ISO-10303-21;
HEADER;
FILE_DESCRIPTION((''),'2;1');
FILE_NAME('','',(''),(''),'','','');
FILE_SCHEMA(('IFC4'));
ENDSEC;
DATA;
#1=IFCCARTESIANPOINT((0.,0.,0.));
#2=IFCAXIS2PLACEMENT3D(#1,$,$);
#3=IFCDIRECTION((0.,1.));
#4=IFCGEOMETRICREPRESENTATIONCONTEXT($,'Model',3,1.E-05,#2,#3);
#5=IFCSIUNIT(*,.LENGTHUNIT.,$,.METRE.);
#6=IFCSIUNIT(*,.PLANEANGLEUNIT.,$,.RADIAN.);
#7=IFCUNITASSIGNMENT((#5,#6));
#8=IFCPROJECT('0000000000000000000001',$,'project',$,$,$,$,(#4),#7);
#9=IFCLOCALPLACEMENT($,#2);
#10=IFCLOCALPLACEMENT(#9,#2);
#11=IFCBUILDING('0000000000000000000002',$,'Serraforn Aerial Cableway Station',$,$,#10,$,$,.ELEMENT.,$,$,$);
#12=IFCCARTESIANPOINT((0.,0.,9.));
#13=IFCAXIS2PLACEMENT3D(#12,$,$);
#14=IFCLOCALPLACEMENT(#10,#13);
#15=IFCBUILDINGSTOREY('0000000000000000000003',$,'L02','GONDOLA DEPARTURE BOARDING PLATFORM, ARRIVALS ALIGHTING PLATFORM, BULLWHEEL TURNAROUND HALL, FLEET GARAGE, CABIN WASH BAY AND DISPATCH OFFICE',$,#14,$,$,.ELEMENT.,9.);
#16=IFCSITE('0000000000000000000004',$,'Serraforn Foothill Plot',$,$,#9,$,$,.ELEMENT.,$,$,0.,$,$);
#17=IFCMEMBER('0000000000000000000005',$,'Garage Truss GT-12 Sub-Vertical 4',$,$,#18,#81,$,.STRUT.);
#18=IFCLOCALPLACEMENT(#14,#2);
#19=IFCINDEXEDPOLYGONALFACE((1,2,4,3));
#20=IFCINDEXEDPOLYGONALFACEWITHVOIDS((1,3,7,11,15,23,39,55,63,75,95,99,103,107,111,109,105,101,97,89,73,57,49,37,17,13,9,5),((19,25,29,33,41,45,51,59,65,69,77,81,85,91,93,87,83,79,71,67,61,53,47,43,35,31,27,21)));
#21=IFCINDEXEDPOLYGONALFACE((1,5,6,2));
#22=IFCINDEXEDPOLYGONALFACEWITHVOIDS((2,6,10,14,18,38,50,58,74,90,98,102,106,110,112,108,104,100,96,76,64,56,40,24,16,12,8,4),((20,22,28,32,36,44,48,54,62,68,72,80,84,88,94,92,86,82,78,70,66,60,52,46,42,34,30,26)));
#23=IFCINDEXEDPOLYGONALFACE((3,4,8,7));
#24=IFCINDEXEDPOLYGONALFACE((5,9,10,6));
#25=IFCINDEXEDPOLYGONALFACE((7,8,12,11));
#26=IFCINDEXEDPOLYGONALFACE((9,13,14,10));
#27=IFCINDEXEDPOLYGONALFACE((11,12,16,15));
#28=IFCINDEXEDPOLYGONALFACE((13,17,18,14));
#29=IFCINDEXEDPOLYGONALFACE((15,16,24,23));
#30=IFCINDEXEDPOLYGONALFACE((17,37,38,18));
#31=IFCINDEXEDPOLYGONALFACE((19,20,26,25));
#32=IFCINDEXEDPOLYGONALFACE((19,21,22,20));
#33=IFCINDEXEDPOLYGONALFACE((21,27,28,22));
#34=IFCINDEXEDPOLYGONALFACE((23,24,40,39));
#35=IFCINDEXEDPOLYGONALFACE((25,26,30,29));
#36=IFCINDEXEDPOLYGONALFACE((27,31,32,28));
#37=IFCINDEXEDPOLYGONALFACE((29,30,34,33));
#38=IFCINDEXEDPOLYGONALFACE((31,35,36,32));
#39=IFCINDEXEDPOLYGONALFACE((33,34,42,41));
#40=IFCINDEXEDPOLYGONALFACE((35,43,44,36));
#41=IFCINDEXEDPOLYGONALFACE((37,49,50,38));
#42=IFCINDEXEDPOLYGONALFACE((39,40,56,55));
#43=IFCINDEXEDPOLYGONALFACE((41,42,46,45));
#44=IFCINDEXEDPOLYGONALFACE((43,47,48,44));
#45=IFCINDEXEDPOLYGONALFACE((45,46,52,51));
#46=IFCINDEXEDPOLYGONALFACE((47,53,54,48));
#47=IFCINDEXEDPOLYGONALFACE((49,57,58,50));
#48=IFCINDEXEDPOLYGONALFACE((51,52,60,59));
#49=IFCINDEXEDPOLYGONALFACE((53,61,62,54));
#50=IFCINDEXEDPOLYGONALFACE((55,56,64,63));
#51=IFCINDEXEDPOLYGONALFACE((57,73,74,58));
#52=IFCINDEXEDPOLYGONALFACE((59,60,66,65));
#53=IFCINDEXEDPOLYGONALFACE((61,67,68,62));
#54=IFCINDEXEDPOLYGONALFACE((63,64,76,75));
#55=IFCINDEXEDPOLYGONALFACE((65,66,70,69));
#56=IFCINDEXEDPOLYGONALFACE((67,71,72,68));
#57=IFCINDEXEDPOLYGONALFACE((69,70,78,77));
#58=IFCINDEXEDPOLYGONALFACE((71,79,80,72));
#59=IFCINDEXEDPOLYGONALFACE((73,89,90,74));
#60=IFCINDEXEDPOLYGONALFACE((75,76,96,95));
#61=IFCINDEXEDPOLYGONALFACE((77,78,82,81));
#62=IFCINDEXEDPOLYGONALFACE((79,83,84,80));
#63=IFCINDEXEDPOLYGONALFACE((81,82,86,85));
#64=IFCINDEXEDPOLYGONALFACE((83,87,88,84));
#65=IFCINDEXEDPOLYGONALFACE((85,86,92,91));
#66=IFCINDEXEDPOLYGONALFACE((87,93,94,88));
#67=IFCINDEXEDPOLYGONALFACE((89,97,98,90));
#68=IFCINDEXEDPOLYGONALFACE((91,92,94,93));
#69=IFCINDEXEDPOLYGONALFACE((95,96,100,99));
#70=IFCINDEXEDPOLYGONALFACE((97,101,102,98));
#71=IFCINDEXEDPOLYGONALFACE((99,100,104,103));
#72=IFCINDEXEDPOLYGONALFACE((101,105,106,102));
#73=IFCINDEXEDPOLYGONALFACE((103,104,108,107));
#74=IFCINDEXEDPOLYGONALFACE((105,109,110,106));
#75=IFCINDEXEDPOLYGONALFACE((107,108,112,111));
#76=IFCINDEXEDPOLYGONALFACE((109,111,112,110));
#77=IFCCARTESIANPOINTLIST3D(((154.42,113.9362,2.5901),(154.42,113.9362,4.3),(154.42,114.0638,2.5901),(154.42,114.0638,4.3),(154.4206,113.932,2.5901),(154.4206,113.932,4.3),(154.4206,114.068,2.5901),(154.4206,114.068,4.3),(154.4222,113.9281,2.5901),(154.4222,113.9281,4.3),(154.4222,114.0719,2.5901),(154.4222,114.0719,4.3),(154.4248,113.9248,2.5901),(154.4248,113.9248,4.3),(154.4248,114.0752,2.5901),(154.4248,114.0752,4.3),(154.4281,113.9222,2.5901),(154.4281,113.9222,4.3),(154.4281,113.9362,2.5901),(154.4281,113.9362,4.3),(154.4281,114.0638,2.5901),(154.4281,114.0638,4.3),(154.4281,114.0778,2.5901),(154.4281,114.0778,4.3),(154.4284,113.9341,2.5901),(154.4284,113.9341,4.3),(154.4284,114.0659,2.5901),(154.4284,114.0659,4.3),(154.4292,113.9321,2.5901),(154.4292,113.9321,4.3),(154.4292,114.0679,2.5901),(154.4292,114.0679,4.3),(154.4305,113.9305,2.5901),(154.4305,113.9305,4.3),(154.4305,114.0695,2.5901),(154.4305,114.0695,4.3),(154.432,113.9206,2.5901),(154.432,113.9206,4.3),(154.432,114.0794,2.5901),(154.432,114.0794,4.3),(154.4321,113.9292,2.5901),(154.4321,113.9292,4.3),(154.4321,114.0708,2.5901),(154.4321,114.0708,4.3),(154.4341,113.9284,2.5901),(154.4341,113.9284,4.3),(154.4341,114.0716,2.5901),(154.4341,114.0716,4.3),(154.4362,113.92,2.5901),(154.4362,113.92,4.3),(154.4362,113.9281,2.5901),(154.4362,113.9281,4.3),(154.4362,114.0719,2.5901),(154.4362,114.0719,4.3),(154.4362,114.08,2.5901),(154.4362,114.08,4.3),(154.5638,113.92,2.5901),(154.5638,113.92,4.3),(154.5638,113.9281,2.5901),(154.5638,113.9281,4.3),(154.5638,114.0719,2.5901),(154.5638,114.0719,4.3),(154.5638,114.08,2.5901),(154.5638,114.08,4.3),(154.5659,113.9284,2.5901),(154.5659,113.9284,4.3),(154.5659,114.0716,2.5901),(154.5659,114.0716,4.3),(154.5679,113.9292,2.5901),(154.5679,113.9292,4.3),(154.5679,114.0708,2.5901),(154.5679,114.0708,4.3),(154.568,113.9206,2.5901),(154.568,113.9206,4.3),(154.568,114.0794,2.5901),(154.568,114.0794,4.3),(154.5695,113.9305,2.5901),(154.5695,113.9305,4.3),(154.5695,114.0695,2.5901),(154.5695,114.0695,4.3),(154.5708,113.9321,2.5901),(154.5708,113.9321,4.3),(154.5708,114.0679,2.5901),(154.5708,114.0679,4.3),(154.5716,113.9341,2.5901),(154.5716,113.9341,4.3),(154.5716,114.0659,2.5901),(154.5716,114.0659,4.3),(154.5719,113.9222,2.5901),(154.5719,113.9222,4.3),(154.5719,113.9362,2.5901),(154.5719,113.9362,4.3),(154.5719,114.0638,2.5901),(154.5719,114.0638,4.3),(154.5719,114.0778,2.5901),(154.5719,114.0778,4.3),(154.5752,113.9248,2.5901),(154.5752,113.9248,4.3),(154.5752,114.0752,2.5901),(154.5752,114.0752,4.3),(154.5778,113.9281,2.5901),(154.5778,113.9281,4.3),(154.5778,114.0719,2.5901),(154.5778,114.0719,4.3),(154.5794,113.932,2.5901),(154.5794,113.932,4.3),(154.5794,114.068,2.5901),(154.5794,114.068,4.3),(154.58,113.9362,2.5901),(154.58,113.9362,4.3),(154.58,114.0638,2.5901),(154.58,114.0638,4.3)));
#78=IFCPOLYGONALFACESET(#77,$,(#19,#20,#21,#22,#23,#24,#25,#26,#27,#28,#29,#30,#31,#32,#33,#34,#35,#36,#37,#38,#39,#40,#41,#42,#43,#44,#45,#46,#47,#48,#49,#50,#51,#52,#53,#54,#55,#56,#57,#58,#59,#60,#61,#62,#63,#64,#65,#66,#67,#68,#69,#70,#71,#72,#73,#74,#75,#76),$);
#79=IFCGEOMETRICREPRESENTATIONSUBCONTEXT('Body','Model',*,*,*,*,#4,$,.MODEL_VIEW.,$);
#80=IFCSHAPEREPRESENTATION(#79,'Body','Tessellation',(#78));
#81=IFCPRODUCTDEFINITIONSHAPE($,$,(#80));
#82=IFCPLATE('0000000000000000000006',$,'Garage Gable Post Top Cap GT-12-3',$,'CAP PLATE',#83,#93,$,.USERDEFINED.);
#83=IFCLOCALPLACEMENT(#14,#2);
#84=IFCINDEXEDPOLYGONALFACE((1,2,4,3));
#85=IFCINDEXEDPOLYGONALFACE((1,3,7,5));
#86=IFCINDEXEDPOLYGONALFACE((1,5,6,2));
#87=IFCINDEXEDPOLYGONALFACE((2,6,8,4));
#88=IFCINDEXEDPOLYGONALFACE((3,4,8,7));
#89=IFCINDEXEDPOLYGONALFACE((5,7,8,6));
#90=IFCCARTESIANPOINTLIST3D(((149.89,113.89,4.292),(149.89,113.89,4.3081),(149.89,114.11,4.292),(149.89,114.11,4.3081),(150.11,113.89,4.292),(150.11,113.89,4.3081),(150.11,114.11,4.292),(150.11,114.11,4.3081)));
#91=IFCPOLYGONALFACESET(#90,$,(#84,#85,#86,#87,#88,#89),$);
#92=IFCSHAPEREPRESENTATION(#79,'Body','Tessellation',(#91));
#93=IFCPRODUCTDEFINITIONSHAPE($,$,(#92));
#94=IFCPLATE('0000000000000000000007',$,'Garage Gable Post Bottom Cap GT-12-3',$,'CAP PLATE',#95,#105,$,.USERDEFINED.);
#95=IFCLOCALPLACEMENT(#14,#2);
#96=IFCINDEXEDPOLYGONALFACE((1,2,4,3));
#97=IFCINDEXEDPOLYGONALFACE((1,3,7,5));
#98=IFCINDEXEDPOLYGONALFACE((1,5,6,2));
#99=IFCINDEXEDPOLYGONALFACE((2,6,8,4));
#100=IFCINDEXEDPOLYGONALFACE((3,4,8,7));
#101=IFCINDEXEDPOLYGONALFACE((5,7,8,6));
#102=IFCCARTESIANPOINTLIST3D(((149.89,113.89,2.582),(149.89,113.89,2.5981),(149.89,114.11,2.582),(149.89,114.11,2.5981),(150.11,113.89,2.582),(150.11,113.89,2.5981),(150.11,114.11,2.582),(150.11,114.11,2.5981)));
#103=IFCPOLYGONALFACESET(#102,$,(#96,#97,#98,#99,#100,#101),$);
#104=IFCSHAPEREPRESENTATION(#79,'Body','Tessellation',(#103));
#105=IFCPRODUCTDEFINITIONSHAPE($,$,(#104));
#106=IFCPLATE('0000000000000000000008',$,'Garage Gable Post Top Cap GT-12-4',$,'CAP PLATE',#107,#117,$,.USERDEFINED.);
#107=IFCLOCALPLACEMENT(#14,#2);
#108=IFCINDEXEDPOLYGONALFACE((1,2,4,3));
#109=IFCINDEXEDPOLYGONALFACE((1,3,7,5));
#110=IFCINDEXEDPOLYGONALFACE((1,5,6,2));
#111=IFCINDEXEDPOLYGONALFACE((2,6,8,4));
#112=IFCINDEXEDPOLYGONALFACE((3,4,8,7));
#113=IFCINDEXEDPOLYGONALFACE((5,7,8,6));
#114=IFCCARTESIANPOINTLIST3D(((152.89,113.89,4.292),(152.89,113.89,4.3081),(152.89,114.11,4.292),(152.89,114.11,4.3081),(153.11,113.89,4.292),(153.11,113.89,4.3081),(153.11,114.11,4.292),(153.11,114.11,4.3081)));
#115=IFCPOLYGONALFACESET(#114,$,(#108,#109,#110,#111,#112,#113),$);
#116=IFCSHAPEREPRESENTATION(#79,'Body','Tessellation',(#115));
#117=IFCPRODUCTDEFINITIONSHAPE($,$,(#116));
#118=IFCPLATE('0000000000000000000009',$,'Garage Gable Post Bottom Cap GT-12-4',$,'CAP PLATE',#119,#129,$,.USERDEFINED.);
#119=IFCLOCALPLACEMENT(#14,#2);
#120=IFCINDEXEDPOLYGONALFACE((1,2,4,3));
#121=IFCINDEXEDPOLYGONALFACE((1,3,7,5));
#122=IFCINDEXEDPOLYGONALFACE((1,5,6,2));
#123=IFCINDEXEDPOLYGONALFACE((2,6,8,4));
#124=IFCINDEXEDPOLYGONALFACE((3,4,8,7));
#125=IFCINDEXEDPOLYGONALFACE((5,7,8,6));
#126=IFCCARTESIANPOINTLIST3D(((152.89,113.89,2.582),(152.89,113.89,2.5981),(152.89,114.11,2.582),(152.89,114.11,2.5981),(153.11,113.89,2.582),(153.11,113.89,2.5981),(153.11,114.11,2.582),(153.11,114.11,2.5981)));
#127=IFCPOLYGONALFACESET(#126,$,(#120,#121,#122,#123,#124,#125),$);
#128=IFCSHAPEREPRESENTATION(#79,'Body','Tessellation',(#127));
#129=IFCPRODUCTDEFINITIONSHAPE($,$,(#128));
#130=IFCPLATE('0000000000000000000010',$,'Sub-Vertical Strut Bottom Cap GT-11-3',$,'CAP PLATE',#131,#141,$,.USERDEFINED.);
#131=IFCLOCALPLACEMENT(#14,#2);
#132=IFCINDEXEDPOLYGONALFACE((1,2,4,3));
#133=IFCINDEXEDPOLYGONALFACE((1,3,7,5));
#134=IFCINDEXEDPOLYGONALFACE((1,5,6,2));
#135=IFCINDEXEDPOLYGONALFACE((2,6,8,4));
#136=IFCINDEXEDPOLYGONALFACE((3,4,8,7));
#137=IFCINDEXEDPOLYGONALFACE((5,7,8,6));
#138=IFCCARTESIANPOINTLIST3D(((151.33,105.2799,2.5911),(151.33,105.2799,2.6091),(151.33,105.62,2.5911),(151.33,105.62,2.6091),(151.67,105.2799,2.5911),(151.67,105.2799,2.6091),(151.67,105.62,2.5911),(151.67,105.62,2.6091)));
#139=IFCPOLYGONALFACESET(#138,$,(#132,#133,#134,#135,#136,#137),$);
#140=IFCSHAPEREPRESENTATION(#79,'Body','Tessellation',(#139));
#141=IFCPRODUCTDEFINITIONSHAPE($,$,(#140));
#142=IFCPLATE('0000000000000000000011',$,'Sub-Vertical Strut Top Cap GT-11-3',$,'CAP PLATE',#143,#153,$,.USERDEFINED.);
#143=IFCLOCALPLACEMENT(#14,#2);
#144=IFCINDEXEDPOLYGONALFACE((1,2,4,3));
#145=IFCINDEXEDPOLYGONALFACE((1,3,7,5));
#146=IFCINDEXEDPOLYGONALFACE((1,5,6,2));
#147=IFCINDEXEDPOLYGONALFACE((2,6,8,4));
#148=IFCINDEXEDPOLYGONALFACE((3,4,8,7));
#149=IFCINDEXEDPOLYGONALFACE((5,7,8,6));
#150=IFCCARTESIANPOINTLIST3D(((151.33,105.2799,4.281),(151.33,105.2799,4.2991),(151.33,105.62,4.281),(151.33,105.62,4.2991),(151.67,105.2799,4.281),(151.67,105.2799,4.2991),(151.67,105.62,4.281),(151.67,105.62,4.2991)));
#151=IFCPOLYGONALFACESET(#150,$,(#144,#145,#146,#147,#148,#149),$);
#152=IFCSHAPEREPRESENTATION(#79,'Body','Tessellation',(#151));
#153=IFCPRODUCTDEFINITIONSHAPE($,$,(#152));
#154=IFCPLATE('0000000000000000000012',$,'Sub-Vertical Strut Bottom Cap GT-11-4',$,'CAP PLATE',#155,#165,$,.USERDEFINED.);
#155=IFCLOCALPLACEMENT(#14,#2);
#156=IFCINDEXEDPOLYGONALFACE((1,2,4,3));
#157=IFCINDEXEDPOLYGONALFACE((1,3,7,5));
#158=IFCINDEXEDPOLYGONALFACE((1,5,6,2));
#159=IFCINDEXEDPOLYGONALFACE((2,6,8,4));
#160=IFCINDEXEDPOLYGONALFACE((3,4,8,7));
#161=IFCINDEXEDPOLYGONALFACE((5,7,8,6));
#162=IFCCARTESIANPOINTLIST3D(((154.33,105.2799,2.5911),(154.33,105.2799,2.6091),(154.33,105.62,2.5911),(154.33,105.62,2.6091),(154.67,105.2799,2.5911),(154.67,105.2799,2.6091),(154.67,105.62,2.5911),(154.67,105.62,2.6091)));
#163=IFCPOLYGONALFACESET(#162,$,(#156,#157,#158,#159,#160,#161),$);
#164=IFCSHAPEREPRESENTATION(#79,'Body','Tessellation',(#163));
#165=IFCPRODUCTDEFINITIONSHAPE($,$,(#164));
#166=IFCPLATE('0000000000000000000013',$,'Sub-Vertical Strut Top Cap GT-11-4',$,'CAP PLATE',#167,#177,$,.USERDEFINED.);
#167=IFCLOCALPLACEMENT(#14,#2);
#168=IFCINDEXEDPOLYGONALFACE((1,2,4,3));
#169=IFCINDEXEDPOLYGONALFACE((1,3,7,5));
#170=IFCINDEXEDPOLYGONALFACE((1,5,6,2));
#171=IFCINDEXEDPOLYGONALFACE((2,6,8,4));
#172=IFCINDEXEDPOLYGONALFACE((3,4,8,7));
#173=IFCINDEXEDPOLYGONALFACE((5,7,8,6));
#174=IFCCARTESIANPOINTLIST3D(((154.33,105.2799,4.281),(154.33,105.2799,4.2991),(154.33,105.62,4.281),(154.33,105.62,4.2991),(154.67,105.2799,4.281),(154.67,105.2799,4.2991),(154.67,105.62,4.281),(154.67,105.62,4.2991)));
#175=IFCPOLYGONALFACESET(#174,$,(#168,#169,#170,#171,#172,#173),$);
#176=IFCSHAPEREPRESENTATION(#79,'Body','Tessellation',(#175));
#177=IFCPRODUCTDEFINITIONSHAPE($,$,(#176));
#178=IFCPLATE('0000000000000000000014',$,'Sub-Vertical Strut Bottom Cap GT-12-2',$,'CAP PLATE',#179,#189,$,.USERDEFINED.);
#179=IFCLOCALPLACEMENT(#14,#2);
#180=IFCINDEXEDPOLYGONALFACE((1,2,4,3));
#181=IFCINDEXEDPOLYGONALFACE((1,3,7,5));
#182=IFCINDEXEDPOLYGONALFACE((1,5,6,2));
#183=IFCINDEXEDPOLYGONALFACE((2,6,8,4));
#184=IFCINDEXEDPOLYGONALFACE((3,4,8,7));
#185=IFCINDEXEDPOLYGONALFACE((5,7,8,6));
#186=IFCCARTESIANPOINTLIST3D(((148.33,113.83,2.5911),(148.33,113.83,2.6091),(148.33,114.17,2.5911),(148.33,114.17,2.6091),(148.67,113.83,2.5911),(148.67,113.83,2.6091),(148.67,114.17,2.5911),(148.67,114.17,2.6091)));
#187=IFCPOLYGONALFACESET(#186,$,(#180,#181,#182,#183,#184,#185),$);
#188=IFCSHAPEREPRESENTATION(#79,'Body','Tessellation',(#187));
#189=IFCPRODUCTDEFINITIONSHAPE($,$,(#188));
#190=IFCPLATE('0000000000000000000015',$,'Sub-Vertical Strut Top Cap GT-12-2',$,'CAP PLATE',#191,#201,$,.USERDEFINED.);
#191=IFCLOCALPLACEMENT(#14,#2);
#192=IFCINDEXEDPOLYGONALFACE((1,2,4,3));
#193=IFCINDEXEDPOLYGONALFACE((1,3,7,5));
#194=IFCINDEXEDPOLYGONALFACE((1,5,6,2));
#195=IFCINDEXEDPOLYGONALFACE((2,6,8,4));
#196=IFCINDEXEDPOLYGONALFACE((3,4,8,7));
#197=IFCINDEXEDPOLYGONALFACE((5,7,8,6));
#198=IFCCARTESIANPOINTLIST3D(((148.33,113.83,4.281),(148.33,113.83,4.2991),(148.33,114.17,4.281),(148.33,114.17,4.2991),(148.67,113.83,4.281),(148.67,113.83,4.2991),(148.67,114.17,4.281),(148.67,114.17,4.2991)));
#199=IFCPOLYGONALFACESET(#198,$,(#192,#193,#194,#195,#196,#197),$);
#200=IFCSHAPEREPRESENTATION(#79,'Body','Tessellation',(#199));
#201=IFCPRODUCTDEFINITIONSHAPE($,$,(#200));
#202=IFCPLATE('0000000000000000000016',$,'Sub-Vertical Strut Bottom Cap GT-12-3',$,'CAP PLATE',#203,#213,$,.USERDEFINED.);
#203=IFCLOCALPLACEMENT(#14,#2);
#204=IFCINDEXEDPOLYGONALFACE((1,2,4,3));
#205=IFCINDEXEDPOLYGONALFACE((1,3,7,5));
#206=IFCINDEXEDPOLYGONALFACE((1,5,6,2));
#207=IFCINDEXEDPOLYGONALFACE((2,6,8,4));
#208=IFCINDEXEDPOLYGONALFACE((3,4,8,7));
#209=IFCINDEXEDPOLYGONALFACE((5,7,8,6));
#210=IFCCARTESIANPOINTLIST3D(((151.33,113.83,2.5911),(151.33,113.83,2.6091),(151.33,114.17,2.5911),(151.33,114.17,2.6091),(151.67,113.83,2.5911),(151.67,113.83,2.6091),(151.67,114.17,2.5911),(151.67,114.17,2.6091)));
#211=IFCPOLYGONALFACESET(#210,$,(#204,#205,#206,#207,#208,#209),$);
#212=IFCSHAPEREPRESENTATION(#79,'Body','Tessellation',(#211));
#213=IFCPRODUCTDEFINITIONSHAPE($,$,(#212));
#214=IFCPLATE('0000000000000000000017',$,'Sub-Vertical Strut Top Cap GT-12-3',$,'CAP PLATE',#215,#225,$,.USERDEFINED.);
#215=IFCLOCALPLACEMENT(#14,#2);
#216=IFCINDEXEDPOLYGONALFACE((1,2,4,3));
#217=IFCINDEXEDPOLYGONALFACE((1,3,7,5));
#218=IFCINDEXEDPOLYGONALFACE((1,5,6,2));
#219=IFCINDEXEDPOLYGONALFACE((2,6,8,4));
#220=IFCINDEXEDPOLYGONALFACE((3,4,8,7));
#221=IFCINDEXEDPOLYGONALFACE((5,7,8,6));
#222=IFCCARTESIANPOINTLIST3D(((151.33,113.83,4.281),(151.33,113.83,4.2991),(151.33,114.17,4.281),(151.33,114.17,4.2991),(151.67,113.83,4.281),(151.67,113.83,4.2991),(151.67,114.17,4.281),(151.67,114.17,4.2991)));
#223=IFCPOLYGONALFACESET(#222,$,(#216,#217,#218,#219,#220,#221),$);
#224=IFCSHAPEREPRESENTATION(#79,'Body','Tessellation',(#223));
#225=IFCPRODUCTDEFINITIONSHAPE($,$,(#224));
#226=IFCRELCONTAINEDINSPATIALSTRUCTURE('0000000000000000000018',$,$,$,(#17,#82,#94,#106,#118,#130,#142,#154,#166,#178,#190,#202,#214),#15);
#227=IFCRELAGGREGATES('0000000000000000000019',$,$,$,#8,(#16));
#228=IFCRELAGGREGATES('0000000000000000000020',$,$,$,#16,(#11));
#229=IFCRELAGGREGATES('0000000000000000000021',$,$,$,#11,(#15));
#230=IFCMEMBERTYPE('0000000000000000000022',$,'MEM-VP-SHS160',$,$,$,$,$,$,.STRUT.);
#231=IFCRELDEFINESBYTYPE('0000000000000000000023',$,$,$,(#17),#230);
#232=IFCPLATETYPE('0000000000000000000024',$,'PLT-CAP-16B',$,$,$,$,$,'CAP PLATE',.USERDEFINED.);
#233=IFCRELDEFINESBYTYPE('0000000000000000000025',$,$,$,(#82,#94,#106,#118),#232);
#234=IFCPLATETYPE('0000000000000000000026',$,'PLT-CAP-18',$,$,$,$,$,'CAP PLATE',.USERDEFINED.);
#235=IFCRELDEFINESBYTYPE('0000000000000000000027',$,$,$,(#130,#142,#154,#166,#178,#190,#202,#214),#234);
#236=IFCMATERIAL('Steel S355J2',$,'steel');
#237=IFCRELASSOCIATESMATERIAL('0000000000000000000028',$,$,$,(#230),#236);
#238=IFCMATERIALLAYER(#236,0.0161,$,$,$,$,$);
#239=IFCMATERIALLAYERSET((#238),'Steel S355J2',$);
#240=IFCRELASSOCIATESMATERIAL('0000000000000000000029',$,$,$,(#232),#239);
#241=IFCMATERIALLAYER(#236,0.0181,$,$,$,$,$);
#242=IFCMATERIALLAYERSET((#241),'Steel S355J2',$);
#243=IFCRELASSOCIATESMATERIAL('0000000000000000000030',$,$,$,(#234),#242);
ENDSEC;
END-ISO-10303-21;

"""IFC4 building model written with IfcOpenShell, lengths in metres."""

from ifc_helpers import new_model, si_unit, direction, frame, origin, origin_2d, place, context, subcontext, project, spatial, rectangle, hollow_rectangle, extrude, material, layer, layer_set, material_profile, profile_set, type_object, element, save


model = new_model("IFC4")

# Units and contexts
model_context = context("Model", 3, precision=1e-05, world=origin(), true_north=direction((0.0, 1.0)))
body_context = subcontext(model_context, "Body", "Model", "MODEL_VIEW")
ifc_project = project(units=[si_unit("LENGTHUNIT", "METRE"), si_unit("PLANEANGLEUNIT", "RADIAN")], contexts=[model_context])

# Site, building, storey
site_placement = place(None, origin())
site = spatial("IfcSite", under=ifc_project, at=site_placement, Name="Serraforn Foothill Plot", CompositionType="ELEMENT", RefElevation=0.0)
building_placement = place(site_placement, origin())
building = spatial("IfcBuilding", under=site, at=building_placement, Name="Serraforn Aerial Cableway Station", CompositionType="ELEMENT")
storey_placement = place(building_placement, frame((0.0, 0.0, 9.0)))
storey = spatial("IfcBuildingStorey", under=building, at=storey_placement, Name="L02", Description="GONDOLA DEPARTURE BOARDING PLATFORM, ARRIVALS ALIGHTING PLATFORM, BULLWHEEL TURNAROUND HALL, FLEET GARAGE, CABIN WASH BAY AND DISPATCH OFFICE", CompositionType="ELEMENT", Elevation=9.0)

# Shared definitions
ifc_material_1 = material(Name="Steel S355J2", Category="steel")

# Member
ifc_material_profile_1 = material_profile(ifc_material_1, hollow_rectangle(XDim=0.1599, YDim=0.1599, WallThickness=0.0081, InnerFilletRadius=0.0081, OuterFilletRadius=0.0161, at=origin_2d()), Name="SHS 160x160x8.0")
ifc_profile_set_1 = profile_set([ifc_material_profile_1], Name="Steel S355J2")
member_type_1 = type_object("IfcMemberType", Name="MEM-VP-SHS160", PredefinedType="STRUT", material=ifc_profile_set_1)
for number, where, z_axis, x_axis, name in (
    (1, (154.5, 114.0, 2.5901), (0.0, 0.0, 1.0), (1.0, 0.0, 0.0), "Garage Truss GT-12 Sub-Vertical 4"),
):
    element("IfcMember", number, at=place(storey_placement, frame(where, z_axis=z_axis, x_axis=x_axis)), inside=storey, type_object=member_type_1, Name=name, PredefinedType="STRUT", context=body_context, shape_type="SweptSolid", body=[
        extrude(hollow_rectangle(XDim=0.1599, YDim=0.1599, WallThickness=0.0081, InnerFilletRadius=0.0081, OuterFilletRadius=0.0161, at=origin_2d()), origin(), (0.0, 0.0, 1.0), 1.71),
    ])

# Plates
ifc_layer_1 = layer(ifc_material_1, 0.0161)
ifc_layer_set_1 = layer_set([ifc_layer_1], Name="Steel S355J2")
plate_type_1 = type_object("IfcPlateType", Name="PLT-CAP-16B", ElementType="CAP PLATE", PredefinedType="USERDEFINED", material=ifc_layer_set_1)
for number, where, z_axis, x_axis, name in (
    (2, (150.0, 114.0, 4.292), (0.0, 0.0, 1.0), (1.0, 0.0, 0.0), "Garage Gable Post Top Cap GT-12-3"),
    (3, (150.0, 114.0, 2.582), (0.0, 0.0, 1.0), (1.0, 0.0, 0.0), "Garage Gable Post Bottom Cap GT-12-3"),
    (4, (153.0, 114.0, 4.292), (0.0, 0.0, 1.0), (1.0, 0.0, 0.0), "Garage Gable Post Top Cap GT-12-4"),
    (5, (153.0, 114.0, 2.582), (0.0, 0.0, 1.0), (1.0, 0.0, 0.0), "Garage Gable Post Bottom Cap GT-12-4"),
):
    element("IfcPlate", number, at=place(storey_placement, frame(where, z_axis=z_axis, x_axis=x_axis)), inside=storey, type_object=plate_type_1, Name=name, ObjectType="CAP PLATE", PredefinedType="USERDEFINED", context=body_context, shape_type="SweptSolid", body=[
        extrude(rectangle(XDim=0.22, YDim=0.22, at=origin_2d()), origin(), (0.0, 0.0, 1.0), 0.0161),
    ])
ifc_layer_2 = layer(ifc_material_1, 0.0181)
ifc_layer_set_2 = layer_set([ifc_layer_2], Name="Steel S355J2")
plate_type_2 = type_object("IfcPlateType", Name="PLT-CAP-18", ElementType="CAP PLATE", PredefinedType="USERDEFINED", material=ifc_layer_set_2)
for number, where, z_axis, x_axis, name in (
    (6, (151.5, 105.45, 2.5911), (0.0, 0.0, 1.0), (1.0, 0.0, 0.0), "Sub-Vertical Strut Bottom Cap GT-11-3"),
    (7, (151.5, 105.45, 4.281), (0.0, 0.0, 1.0), (1.0, 0.0, 0.0), "Sub-Vertical Strut Top Cap GT-11-3"),
    (8, (154.5, 105.45, 2.5911), (0.0, 0.0, 1.0), (1.0, 0.0, 0.0), "Sub-Vertical Strut Bottom Cap GT-11-4"),
    (9, (154.5, 105.45, 4.281), (0.0, 0.0, 1.0), (1.0, 0.0, 0.0), "Sub-Vertical Strut Top Cap GT-11-4"),
    (10, (148.5, 114.0, 2.5911), (0.0, 0.0, 1.0), (1.0, 0.0, 0.0), "Sub-Vertical Strut Bottom Cap GT-12-2"),
    (11, (148.5, 114.0, 4.281), (0.0, 0.0, 1.0), (1.0, 0.0, 0.0), "Sub-Vertical Strut Top Cap GT-12-2"),
    (12, (151.5, 114.0, 2.5911), (0.0, 0.0, 1.0), (1.0, 0.0, 0.0), "Sub-Vertical Strut Bottom Cap GT-12-3"),
    (13, (151.5, 114.0, 4.281), (0.0, 0.0, 1.0), (1.0, 0.0, 0.0), "Sub-Vertical Strut Top Cap GT-12-3"),
):
    element("IfcPlate", number, at=place(storey_placement, frame(where, z_axis=z_axis, x_axis=x_axis)), inside=storey, type_object=plate_type_2, Name=name, ObjectType="CAP PLATE", PredefinedType="USERDEFINED", context=body_context, shape_type="SweptSolid", body=[
        extrude(rectangle(XDim=0.3401, YDim=0.3401, at=origin_2d()), origin(), (0.0, 0.0, 1.0), 0.0181),
    ])

save(model, "model.ifc")
